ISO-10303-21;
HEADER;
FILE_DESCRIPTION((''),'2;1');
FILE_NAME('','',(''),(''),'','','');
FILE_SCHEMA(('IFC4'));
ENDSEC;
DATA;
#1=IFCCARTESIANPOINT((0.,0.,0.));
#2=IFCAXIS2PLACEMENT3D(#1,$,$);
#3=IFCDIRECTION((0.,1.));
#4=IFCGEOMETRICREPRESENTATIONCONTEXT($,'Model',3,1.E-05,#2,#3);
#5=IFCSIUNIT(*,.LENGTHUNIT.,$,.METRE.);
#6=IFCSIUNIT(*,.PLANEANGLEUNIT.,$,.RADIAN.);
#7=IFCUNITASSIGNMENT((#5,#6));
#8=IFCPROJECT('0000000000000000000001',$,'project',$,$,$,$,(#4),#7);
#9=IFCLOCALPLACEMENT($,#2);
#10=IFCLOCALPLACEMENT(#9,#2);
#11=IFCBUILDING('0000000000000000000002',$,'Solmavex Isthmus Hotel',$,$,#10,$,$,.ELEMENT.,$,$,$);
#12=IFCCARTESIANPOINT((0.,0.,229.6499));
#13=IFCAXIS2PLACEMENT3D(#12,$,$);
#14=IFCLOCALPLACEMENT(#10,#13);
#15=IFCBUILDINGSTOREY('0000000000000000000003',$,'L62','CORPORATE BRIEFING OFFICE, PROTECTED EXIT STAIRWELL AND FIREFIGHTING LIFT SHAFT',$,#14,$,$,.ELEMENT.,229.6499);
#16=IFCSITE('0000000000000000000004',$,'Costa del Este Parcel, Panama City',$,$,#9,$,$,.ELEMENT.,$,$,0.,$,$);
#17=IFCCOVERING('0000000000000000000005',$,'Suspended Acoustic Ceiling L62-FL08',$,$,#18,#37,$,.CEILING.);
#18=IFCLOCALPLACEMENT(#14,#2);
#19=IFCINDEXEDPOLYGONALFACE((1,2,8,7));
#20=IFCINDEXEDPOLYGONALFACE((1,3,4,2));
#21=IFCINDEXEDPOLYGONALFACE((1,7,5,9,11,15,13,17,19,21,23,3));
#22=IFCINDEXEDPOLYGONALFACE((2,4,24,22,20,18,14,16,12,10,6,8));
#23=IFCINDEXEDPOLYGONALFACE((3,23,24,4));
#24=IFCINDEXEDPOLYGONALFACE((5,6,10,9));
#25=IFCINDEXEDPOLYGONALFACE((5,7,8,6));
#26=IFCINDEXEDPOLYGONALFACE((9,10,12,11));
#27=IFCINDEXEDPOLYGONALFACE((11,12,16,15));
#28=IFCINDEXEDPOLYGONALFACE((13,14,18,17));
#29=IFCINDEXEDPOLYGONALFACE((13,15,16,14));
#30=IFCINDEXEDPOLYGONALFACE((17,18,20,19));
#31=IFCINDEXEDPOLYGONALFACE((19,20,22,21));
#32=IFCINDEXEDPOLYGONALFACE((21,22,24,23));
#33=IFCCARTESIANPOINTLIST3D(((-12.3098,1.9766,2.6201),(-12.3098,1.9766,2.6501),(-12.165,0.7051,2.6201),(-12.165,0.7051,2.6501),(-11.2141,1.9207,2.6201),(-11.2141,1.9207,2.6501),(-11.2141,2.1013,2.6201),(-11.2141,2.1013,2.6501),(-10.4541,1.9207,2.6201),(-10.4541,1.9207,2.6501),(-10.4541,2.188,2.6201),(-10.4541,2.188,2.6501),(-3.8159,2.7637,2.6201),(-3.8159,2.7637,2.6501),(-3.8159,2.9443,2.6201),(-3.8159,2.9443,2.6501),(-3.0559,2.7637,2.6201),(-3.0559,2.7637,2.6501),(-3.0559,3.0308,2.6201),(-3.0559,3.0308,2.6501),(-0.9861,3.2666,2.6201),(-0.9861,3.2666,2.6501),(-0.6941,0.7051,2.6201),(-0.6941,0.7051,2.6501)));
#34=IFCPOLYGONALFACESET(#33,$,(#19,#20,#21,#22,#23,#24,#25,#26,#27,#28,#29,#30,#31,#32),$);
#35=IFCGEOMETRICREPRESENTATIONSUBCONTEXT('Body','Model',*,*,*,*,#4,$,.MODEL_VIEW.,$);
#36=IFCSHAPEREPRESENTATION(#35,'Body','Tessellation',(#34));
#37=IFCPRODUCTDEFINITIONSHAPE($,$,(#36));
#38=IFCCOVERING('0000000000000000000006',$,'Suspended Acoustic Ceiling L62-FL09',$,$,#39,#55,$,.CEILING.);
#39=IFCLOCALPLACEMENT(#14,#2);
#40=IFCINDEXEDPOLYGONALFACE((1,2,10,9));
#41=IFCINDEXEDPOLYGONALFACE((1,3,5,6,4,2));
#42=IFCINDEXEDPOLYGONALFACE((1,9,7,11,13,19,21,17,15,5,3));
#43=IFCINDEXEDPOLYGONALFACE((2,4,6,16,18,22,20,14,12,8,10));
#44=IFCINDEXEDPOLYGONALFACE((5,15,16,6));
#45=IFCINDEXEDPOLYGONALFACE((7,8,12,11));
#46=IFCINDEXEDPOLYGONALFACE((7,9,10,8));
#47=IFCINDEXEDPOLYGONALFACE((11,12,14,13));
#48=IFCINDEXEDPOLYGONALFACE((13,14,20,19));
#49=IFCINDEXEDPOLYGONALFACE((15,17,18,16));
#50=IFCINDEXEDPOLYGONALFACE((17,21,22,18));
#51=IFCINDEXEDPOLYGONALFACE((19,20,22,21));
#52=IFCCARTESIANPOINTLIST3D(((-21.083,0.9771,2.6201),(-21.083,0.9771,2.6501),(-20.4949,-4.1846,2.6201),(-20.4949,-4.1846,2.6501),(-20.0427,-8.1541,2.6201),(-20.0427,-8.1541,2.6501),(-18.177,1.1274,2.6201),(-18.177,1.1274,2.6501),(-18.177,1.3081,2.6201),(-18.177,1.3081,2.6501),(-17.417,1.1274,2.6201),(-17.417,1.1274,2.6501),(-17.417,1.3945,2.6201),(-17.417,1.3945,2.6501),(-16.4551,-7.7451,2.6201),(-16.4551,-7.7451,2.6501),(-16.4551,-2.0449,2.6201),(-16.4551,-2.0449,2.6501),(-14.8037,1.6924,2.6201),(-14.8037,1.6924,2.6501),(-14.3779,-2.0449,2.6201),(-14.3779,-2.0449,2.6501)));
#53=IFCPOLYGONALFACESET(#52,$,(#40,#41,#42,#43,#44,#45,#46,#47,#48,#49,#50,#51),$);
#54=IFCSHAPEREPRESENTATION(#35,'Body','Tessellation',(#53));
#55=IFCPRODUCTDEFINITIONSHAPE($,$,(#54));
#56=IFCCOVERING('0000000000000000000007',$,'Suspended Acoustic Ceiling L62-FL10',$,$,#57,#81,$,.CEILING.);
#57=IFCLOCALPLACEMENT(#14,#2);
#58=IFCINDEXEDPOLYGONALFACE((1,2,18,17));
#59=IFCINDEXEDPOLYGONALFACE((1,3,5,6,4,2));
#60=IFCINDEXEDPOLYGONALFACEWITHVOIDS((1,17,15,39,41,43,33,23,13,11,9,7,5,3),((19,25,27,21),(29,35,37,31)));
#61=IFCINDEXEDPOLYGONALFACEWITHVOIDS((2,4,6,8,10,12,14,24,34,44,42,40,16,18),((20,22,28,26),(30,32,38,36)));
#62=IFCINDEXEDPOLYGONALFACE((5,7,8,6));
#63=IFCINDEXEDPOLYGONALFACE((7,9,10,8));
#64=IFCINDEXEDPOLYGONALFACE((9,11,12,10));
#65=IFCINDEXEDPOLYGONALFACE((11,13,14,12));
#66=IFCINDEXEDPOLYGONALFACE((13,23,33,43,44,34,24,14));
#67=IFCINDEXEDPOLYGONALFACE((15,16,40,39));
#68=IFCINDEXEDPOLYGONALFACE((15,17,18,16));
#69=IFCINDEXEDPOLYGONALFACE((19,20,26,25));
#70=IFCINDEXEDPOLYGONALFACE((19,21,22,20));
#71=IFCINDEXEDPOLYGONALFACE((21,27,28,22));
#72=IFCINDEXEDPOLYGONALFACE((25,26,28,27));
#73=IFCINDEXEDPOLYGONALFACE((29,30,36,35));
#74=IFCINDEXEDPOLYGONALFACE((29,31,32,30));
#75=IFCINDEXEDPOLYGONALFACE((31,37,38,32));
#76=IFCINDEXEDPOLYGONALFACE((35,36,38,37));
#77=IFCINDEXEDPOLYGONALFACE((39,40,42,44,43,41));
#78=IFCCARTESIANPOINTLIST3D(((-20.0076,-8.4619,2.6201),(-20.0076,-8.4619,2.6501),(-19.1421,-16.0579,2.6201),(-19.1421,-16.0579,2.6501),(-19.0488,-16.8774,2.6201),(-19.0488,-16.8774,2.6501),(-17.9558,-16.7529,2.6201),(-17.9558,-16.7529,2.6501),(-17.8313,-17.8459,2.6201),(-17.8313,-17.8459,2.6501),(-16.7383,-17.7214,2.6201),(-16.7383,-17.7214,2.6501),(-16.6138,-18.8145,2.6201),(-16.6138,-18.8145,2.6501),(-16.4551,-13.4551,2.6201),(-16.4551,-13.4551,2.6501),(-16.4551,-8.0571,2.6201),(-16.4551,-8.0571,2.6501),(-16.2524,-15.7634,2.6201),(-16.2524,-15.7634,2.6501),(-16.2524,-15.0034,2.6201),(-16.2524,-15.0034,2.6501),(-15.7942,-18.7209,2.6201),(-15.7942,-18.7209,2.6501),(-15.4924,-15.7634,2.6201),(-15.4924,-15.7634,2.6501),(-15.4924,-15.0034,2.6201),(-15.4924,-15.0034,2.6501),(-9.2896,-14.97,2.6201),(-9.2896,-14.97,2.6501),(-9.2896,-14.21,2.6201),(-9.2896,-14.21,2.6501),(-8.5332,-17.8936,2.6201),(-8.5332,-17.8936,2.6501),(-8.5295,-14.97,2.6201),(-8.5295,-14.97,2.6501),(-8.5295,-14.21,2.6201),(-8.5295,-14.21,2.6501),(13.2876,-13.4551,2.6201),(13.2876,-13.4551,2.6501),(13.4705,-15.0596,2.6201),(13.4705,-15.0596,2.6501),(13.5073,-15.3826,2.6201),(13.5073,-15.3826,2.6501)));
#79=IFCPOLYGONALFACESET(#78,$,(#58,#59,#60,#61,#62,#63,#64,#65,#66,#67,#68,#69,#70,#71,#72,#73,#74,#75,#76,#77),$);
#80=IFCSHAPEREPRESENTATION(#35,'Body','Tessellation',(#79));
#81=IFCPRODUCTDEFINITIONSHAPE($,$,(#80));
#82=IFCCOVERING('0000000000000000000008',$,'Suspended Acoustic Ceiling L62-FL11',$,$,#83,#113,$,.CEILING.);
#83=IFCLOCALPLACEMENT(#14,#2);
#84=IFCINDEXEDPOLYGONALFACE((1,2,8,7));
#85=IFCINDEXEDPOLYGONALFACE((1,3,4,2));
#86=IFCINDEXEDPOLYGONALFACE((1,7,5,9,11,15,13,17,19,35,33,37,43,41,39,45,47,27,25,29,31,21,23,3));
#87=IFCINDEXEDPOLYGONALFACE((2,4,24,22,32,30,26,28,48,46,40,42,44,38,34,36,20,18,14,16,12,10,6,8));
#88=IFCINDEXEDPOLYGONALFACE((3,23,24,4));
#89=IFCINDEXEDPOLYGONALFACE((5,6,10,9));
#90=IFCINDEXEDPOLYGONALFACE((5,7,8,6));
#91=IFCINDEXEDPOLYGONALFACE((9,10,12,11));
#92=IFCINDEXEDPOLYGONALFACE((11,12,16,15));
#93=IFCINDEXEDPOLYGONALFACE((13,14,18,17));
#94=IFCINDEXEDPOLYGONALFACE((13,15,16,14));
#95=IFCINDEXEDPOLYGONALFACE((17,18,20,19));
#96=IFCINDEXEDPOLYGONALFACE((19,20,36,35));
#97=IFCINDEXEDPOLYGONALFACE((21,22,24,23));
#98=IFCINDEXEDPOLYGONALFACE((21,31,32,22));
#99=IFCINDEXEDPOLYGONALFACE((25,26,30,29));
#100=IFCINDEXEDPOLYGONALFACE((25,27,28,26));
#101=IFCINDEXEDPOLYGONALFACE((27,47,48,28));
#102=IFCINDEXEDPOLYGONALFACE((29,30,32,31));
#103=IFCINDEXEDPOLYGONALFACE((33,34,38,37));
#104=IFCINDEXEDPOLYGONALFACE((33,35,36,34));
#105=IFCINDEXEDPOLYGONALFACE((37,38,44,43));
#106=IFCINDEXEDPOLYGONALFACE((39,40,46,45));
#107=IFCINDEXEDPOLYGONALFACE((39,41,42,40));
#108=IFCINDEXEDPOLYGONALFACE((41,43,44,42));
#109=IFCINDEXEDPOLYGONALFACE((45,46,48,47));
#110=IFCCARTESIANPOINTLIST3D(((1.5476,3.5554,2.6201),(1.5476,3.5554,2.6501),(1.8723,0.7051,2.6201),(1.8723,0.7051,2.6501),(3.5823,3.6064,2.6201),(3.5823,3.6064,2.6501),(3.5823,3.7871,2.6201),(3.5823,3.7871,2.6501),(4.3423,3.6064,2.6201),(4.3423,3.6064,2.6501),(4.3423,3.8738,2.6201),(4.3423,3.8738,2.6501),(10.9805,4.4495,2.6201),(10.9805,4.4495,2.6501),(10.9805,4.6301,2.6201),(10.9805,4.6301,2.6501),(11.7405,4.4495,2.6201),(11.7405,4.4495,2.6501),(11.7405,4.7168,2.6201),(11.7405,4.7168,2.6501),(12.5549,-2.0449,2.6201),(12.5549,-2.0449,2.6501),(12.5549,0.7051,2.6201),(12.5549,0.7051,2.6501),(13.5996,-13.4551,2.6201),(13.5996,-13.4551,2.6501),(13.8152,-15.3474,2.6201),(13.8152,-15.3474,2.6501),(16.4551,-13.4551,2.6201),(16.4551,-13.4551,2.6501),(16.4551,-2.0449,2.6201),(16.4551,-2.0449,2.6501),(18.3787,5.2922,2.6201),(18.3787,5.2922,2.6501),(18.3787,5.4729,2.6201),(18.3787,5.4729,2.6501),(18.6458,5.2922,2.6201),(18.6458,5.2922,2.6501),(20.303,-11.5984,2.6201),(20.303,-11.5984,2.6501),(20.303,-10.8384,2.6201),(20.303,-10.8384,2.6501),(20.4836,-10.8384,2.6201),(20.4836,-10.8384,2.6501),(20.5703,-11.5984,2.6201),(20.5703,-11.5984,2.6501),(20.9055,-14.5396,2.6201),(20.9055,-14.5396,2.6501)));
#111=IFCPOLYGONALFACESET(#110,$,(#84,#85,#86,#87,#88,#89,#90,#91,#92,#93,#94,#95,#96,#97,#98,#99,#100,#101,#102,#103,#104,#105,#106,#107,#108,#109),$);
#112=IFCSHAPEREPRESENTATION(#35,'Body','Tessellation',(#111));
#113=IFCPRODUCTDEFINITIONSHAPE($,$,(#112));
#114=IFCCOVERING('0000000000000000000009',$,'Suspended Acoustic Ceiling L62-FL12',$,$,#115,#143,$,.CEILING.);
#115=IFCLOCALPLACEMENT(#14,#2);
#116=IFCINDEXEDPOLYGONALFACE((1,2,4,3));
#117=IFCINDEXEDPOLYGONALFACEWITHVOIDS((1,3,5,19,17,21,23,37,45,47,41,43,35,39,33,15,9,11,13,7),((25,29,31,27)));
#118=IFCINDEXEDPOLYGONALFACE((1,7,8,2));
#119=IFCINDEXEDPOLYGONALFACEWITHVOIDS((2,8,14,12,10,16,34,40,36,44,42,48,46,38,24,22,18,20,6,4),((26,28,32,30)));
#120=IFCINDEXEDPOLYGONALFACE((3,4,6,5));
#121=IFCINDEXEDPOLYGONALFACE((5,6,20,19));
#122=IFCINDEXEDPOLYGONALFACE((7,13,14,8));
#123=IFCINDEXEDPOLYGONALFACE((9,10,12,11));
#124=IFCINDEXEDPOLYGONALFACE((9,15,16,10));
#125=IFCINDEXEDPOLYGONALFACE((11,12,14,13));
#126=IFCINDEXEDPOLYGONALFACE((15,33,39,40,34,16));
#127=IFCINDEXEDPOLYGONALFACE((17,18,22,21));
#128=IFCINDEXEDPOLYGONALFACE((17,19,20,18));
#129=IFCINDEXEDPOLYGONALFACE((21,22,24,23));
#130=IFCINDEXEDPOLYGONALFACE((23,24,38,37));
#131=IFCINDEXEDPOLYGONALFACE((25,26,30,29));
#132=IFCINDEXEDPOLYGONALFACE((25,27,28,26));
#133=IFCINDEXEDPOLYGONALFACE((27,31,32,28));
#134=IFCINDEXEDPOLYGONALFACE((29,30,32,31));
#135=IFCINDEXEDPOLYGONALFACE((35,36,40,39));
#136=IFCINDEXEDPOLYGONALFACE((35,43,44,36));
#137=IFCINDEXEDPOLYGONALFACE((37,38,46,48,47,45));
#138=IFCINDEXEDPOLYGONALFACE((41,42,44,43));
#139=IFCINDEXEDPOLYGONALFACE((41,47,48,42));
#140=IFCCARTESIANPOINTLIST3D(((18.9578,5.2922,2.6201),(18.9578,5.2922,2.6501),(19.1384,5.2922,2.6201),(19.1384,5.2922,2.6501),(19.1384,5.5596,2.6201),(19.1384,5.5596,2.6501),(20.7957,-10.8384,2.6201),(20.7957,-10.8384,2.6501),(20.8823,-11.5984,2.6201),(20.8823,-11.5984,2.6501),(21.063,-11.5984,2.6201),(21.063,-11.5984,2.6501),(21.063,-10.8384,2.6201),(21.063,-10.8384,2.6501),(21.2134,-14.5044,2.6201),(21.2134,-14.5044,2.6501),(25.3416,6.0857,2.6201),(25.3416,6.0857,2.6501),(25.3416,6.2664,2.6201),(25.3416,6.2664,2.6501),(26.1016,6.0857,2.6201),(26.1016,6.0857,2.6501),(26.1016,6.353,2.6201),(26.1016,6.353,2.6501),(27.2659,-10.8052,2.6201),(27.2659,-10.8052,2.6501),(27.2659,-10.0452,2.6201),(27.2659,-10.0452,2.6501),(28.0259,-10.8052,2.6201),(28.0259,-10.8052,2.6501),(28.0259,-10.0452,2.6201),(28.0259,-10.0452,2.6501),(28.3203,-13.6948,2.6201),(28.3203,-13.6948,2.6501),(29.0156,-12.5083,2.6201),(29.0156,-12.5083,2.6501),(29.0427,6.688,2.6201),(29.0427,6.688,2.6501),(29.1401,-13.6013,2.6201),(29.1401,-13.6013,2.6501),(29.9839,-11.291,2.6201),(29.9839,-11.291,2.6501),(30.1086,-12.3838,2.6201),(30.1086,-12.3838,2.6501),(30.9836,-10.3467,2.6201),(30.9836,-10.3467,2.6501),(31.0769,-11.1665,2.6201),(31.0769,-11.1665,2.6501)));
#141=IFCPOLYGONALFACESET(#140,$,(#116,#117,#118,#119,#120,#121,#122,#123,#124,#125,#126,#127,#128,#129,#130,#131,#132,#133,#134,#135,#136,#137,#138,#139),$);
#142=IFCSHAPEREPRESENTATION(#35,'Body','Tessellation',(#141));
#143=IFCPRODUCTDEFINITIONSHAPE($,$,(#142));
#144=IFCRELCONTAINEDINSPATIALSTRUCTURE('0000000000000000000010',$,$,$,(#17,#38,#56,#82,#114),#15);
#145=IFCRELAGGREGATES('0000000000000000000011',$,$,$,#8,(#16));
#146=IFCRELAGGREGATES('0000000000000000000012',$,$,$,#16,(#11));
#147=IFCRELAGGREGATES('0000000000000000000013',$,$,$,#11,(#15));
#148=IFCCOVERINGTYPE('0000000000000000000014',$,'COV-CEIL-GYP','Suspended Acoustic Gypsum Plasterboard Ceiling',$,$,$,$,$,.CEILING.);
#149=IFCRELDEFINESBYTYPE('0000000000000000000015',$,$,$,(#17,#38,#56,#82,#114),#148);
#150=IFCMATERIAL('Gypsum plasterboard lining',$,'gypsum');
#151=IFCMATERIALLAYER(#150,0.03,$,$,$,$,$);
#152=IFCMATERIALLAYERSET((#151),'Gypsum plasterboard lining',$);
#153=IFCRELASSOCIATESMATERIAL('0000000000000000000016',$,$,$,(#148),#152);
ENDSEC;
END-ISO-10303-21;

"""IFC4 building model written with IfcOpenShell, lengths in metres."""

from ifc_helpers import new_model, si_unit, direction, frame, origin, place, context, subcontext, project, spatial, polyline, outline, extrude, material, layer, layer_set, type_object, element, save


model = new_model("IFC4")

# Units and contexts
model_context = context("Model", 3, precision=1e-05, world=origin(), true_north=direction((0.0, 1.0)))
body_context = subcontext(model_context, "Body", "Model", "MODEL_VIEW")
ifc_project = project(units=[si_unit("LENGTHUNIT", "METRE"), si_unit("PLANEANGLEUNIT", "RADIAN")], contexts=[model_context])

# Site, building, storey
site_placement = place(None, origin())
site = spatial("IfcSite", under=ifc_project, at=site_placement, Name="Costa del Este Parcel, Panama City", CompositionType="ELEMENT", RefElevation=0.0)
building_placement = place(site_placement, origin())
building = spatial("IfcBuilding", under=site, at=building_placement, Name="Solmavex Isthmus Hotel", CompositionType="ELEMENT")
storey_placement = place(building_placement, frame((0.0, 0.0, 229.6499)))
storey = spatial("IfcBuildingStorey", under=building, at=storey_placement, Name="L62", Description="CORPORATE BRIEFING OFFICE, PROTECTED EXIT STAIRWELL AND FIREFIGHTING LIFT SHAFT", CompositionType="ELEMENT", Elevation=229.6499)

# Shared definitions
ifc_material_1 = material(Name="Gypsum plasterboard lining", Category="gypsum")

# Coverings
ifc_layer_1 = layer(ifc_material_1, 0.03)
ifc_layer_set_1 = layer_set([ifc_layer_1], Name="Gypsum plasterboard lining")
covering_type_1 = type_object("IfcCoveringType", Name="COV-CEIL-GYP", Description="Suspended Acoustic Gypsum Plasterboard Ceiling", PredefinedType="CEILING", material=ifc_layer_set_1)
covering_1_placement = place(storey_placement, frame((0.0, 0.0, 2.6201)))
element("IfcCovering", 1, at=covering_1_placement, inside=storey, type_object=covering_type_1, Name="Suspended Acoustic Ceiling L62-FL08", PredefinedType="CEILING", context=body_context, shape_type="SweptSolid", body=[
    extrude(outline(polyline([(-10.4541, 2.188), (-10.4541, 1.9207), (-11.2141, 1.9207), (-11.2141, 2.1013), (-12.3098, 1.9766), (-12.165, 0.7051), (-0.6941, 0.7051), (-0.9861, 3.2666), (-3.0559, 3.0308), (-3.0559, 2.7637), (-3.8159, 2.7637), (-3.8159, 2.9443), (-10.4541, 2.188)])), origin(), (0.0, 0.0, 1.0), 0.03),
])
covering_2_placement = place(storey_placement, frame((0.0, 0.0, 2.6201)))
element("IfcCovering", 2, at=covering_2_placement, inside=storey, type_object=covering_type_1, Name="Suspended Acoustic Ceiling L62-FL09", PredefinedType="CEILING", context=body_context, shape_type="SweptSolid", body=[
    extrude(outline(polyline([(-17.417, 1.3945), (-17.417, 1.1274), (-18.177, 1.1274), (-18.177, 1.3081), (-21.083, 0.9771), (-20.4949, -4.1846), (-20.0427, -8.1541), (-16.4551, -7.7451), (-16.4551, -2.0449), (-14.3779, -2.0449), (-14.8037, 1.6924), (-17.417, 1.3945)])), origin(), (0.0, 0.0, 1.0), 0.03),
])
covering_3_placement = place(storey_placement, frame((0.0, 0.0, 2.6201)))
element("IfcCovering", 3, at=covering_3_placement, inside=storey, type_object=covering_type_1, Name="Suspended Acoustic Ceiling L62-FL10", PredefinedType="CEILING", context=body_context, shape_type="SweptSolid", body=[
    extrude(outline(polyline([(-8.5332, -17.8936), (13.5073, -15.3826), (13.4705, -15.0596), (13.2876, -13.4551), (-16.4551, -13.4551), (-16.4551, -8.0571), (-20.0076, -8.4619), (-19.1421, -16.0579), (-19.0488, -16.8774), (-17.9558, -16.7529), (-17.8313, -17.8459), (-16.7383, -17.7214), (-16.6138, -18.8145), (-15.7942, -18.7209), (-8.5332, -17.8936)]), holes=[polyline([(-9.2896, -14.97), (-9.2896, -14.21), (-8.5295, -14.21), (-8.5295, -14.97), (-9.2896, -14.97)]), polyline([(-16.2524, -15.7634), (-16.2524, -15.0034), (-15.4924, -15.0034), (-15.4924, -15.7634), (-16.2524, -15.7634)])]), origin(), (0.0, 0.0, 1.0), 0.03),
])
covering_4_placement = place(storey_placement, frame((0.0, 0.0, 2.6201)))
element("IfcCovering", 4, at=covering_4_placement, inside=storey, type_object=covering_type_1, Name="Suspended Acoustic Ceiling L62-FL11", PredefinedType="CEILING", context=body_context, shape_type="SweptSolid", body=[
    extrude(outline(polyline([(4.3423, 3.8738), (4.3423, 3.6064), (3.5823, 3.6064), (3.5823, 3.7871), (1.5476, 3.5554), (1.8723, 0.7051), (12.5549, 0.7051), (12.5549, -2.0449), (16.4551, -2.0449), (16.4551, -13.4551), (13.5996, -13.4551), (13.8152, -15.3474), (20.9055, -14.5396), (20.5703, -11.5984), (20.303, -11.5984), (20.303, -10.8384), (20.4836, -10.8384), (18.6458, 5.2922), (18.3787, 5.2922), (18.3787, 5.4729), (11.7405, 4.7168), (11.7405, 4.4495), (10.9805, 4.4495), (10.9805, 4.6301), (4.3423, 3.8738)])), origin(), (0.0, 0.0, 1.0), 0.03),
])
covering_5_placement = place(storey_placement, frame((0.0, 0.0, 2.6201)))
element("IfcCovering", 5, at=covering_5_placement, inside=storey, type_object=covering_type_1, Name="Suspended Acoustic Ceiling L62-FL12", PredefinedType="CEILING", context=body_context, shape_type="SweptSolid", body=[
    extrude(outline(polyline([(20.7957, -10.8384), (21.063, -10.8384), (21.063, -11.5984), (20.8823, -11.5984), (21.2134, -14.5044), (28.3203, -13.6948), (29.1401, -13.6013), (29.0156, -12.5083), (30.1086, -12.3838), (29.9839, -11.291), (31.0769, -11.1665), (30.9836, -10.3467), (29.0427, 6.688), (26.1016, 6.353), (26.1016, 6.0857), (25.3416, 6.0857), (25.3416, 6.2664), (19.1384, 5.5596), (19.1384, 5.2922), (18.9578, 5.2922), (20.7957, -10.8384)]), holes=[polyline([(27.2659, -10.8052), (27.2659, -10.0452), (28.0259, -10.0452), (28.0259, -10.8052), (27.2659, -10.8052)])]), origin(), (0.0, 0.0, 1.0), 0.03),
])

save(model, "model.ifc")
